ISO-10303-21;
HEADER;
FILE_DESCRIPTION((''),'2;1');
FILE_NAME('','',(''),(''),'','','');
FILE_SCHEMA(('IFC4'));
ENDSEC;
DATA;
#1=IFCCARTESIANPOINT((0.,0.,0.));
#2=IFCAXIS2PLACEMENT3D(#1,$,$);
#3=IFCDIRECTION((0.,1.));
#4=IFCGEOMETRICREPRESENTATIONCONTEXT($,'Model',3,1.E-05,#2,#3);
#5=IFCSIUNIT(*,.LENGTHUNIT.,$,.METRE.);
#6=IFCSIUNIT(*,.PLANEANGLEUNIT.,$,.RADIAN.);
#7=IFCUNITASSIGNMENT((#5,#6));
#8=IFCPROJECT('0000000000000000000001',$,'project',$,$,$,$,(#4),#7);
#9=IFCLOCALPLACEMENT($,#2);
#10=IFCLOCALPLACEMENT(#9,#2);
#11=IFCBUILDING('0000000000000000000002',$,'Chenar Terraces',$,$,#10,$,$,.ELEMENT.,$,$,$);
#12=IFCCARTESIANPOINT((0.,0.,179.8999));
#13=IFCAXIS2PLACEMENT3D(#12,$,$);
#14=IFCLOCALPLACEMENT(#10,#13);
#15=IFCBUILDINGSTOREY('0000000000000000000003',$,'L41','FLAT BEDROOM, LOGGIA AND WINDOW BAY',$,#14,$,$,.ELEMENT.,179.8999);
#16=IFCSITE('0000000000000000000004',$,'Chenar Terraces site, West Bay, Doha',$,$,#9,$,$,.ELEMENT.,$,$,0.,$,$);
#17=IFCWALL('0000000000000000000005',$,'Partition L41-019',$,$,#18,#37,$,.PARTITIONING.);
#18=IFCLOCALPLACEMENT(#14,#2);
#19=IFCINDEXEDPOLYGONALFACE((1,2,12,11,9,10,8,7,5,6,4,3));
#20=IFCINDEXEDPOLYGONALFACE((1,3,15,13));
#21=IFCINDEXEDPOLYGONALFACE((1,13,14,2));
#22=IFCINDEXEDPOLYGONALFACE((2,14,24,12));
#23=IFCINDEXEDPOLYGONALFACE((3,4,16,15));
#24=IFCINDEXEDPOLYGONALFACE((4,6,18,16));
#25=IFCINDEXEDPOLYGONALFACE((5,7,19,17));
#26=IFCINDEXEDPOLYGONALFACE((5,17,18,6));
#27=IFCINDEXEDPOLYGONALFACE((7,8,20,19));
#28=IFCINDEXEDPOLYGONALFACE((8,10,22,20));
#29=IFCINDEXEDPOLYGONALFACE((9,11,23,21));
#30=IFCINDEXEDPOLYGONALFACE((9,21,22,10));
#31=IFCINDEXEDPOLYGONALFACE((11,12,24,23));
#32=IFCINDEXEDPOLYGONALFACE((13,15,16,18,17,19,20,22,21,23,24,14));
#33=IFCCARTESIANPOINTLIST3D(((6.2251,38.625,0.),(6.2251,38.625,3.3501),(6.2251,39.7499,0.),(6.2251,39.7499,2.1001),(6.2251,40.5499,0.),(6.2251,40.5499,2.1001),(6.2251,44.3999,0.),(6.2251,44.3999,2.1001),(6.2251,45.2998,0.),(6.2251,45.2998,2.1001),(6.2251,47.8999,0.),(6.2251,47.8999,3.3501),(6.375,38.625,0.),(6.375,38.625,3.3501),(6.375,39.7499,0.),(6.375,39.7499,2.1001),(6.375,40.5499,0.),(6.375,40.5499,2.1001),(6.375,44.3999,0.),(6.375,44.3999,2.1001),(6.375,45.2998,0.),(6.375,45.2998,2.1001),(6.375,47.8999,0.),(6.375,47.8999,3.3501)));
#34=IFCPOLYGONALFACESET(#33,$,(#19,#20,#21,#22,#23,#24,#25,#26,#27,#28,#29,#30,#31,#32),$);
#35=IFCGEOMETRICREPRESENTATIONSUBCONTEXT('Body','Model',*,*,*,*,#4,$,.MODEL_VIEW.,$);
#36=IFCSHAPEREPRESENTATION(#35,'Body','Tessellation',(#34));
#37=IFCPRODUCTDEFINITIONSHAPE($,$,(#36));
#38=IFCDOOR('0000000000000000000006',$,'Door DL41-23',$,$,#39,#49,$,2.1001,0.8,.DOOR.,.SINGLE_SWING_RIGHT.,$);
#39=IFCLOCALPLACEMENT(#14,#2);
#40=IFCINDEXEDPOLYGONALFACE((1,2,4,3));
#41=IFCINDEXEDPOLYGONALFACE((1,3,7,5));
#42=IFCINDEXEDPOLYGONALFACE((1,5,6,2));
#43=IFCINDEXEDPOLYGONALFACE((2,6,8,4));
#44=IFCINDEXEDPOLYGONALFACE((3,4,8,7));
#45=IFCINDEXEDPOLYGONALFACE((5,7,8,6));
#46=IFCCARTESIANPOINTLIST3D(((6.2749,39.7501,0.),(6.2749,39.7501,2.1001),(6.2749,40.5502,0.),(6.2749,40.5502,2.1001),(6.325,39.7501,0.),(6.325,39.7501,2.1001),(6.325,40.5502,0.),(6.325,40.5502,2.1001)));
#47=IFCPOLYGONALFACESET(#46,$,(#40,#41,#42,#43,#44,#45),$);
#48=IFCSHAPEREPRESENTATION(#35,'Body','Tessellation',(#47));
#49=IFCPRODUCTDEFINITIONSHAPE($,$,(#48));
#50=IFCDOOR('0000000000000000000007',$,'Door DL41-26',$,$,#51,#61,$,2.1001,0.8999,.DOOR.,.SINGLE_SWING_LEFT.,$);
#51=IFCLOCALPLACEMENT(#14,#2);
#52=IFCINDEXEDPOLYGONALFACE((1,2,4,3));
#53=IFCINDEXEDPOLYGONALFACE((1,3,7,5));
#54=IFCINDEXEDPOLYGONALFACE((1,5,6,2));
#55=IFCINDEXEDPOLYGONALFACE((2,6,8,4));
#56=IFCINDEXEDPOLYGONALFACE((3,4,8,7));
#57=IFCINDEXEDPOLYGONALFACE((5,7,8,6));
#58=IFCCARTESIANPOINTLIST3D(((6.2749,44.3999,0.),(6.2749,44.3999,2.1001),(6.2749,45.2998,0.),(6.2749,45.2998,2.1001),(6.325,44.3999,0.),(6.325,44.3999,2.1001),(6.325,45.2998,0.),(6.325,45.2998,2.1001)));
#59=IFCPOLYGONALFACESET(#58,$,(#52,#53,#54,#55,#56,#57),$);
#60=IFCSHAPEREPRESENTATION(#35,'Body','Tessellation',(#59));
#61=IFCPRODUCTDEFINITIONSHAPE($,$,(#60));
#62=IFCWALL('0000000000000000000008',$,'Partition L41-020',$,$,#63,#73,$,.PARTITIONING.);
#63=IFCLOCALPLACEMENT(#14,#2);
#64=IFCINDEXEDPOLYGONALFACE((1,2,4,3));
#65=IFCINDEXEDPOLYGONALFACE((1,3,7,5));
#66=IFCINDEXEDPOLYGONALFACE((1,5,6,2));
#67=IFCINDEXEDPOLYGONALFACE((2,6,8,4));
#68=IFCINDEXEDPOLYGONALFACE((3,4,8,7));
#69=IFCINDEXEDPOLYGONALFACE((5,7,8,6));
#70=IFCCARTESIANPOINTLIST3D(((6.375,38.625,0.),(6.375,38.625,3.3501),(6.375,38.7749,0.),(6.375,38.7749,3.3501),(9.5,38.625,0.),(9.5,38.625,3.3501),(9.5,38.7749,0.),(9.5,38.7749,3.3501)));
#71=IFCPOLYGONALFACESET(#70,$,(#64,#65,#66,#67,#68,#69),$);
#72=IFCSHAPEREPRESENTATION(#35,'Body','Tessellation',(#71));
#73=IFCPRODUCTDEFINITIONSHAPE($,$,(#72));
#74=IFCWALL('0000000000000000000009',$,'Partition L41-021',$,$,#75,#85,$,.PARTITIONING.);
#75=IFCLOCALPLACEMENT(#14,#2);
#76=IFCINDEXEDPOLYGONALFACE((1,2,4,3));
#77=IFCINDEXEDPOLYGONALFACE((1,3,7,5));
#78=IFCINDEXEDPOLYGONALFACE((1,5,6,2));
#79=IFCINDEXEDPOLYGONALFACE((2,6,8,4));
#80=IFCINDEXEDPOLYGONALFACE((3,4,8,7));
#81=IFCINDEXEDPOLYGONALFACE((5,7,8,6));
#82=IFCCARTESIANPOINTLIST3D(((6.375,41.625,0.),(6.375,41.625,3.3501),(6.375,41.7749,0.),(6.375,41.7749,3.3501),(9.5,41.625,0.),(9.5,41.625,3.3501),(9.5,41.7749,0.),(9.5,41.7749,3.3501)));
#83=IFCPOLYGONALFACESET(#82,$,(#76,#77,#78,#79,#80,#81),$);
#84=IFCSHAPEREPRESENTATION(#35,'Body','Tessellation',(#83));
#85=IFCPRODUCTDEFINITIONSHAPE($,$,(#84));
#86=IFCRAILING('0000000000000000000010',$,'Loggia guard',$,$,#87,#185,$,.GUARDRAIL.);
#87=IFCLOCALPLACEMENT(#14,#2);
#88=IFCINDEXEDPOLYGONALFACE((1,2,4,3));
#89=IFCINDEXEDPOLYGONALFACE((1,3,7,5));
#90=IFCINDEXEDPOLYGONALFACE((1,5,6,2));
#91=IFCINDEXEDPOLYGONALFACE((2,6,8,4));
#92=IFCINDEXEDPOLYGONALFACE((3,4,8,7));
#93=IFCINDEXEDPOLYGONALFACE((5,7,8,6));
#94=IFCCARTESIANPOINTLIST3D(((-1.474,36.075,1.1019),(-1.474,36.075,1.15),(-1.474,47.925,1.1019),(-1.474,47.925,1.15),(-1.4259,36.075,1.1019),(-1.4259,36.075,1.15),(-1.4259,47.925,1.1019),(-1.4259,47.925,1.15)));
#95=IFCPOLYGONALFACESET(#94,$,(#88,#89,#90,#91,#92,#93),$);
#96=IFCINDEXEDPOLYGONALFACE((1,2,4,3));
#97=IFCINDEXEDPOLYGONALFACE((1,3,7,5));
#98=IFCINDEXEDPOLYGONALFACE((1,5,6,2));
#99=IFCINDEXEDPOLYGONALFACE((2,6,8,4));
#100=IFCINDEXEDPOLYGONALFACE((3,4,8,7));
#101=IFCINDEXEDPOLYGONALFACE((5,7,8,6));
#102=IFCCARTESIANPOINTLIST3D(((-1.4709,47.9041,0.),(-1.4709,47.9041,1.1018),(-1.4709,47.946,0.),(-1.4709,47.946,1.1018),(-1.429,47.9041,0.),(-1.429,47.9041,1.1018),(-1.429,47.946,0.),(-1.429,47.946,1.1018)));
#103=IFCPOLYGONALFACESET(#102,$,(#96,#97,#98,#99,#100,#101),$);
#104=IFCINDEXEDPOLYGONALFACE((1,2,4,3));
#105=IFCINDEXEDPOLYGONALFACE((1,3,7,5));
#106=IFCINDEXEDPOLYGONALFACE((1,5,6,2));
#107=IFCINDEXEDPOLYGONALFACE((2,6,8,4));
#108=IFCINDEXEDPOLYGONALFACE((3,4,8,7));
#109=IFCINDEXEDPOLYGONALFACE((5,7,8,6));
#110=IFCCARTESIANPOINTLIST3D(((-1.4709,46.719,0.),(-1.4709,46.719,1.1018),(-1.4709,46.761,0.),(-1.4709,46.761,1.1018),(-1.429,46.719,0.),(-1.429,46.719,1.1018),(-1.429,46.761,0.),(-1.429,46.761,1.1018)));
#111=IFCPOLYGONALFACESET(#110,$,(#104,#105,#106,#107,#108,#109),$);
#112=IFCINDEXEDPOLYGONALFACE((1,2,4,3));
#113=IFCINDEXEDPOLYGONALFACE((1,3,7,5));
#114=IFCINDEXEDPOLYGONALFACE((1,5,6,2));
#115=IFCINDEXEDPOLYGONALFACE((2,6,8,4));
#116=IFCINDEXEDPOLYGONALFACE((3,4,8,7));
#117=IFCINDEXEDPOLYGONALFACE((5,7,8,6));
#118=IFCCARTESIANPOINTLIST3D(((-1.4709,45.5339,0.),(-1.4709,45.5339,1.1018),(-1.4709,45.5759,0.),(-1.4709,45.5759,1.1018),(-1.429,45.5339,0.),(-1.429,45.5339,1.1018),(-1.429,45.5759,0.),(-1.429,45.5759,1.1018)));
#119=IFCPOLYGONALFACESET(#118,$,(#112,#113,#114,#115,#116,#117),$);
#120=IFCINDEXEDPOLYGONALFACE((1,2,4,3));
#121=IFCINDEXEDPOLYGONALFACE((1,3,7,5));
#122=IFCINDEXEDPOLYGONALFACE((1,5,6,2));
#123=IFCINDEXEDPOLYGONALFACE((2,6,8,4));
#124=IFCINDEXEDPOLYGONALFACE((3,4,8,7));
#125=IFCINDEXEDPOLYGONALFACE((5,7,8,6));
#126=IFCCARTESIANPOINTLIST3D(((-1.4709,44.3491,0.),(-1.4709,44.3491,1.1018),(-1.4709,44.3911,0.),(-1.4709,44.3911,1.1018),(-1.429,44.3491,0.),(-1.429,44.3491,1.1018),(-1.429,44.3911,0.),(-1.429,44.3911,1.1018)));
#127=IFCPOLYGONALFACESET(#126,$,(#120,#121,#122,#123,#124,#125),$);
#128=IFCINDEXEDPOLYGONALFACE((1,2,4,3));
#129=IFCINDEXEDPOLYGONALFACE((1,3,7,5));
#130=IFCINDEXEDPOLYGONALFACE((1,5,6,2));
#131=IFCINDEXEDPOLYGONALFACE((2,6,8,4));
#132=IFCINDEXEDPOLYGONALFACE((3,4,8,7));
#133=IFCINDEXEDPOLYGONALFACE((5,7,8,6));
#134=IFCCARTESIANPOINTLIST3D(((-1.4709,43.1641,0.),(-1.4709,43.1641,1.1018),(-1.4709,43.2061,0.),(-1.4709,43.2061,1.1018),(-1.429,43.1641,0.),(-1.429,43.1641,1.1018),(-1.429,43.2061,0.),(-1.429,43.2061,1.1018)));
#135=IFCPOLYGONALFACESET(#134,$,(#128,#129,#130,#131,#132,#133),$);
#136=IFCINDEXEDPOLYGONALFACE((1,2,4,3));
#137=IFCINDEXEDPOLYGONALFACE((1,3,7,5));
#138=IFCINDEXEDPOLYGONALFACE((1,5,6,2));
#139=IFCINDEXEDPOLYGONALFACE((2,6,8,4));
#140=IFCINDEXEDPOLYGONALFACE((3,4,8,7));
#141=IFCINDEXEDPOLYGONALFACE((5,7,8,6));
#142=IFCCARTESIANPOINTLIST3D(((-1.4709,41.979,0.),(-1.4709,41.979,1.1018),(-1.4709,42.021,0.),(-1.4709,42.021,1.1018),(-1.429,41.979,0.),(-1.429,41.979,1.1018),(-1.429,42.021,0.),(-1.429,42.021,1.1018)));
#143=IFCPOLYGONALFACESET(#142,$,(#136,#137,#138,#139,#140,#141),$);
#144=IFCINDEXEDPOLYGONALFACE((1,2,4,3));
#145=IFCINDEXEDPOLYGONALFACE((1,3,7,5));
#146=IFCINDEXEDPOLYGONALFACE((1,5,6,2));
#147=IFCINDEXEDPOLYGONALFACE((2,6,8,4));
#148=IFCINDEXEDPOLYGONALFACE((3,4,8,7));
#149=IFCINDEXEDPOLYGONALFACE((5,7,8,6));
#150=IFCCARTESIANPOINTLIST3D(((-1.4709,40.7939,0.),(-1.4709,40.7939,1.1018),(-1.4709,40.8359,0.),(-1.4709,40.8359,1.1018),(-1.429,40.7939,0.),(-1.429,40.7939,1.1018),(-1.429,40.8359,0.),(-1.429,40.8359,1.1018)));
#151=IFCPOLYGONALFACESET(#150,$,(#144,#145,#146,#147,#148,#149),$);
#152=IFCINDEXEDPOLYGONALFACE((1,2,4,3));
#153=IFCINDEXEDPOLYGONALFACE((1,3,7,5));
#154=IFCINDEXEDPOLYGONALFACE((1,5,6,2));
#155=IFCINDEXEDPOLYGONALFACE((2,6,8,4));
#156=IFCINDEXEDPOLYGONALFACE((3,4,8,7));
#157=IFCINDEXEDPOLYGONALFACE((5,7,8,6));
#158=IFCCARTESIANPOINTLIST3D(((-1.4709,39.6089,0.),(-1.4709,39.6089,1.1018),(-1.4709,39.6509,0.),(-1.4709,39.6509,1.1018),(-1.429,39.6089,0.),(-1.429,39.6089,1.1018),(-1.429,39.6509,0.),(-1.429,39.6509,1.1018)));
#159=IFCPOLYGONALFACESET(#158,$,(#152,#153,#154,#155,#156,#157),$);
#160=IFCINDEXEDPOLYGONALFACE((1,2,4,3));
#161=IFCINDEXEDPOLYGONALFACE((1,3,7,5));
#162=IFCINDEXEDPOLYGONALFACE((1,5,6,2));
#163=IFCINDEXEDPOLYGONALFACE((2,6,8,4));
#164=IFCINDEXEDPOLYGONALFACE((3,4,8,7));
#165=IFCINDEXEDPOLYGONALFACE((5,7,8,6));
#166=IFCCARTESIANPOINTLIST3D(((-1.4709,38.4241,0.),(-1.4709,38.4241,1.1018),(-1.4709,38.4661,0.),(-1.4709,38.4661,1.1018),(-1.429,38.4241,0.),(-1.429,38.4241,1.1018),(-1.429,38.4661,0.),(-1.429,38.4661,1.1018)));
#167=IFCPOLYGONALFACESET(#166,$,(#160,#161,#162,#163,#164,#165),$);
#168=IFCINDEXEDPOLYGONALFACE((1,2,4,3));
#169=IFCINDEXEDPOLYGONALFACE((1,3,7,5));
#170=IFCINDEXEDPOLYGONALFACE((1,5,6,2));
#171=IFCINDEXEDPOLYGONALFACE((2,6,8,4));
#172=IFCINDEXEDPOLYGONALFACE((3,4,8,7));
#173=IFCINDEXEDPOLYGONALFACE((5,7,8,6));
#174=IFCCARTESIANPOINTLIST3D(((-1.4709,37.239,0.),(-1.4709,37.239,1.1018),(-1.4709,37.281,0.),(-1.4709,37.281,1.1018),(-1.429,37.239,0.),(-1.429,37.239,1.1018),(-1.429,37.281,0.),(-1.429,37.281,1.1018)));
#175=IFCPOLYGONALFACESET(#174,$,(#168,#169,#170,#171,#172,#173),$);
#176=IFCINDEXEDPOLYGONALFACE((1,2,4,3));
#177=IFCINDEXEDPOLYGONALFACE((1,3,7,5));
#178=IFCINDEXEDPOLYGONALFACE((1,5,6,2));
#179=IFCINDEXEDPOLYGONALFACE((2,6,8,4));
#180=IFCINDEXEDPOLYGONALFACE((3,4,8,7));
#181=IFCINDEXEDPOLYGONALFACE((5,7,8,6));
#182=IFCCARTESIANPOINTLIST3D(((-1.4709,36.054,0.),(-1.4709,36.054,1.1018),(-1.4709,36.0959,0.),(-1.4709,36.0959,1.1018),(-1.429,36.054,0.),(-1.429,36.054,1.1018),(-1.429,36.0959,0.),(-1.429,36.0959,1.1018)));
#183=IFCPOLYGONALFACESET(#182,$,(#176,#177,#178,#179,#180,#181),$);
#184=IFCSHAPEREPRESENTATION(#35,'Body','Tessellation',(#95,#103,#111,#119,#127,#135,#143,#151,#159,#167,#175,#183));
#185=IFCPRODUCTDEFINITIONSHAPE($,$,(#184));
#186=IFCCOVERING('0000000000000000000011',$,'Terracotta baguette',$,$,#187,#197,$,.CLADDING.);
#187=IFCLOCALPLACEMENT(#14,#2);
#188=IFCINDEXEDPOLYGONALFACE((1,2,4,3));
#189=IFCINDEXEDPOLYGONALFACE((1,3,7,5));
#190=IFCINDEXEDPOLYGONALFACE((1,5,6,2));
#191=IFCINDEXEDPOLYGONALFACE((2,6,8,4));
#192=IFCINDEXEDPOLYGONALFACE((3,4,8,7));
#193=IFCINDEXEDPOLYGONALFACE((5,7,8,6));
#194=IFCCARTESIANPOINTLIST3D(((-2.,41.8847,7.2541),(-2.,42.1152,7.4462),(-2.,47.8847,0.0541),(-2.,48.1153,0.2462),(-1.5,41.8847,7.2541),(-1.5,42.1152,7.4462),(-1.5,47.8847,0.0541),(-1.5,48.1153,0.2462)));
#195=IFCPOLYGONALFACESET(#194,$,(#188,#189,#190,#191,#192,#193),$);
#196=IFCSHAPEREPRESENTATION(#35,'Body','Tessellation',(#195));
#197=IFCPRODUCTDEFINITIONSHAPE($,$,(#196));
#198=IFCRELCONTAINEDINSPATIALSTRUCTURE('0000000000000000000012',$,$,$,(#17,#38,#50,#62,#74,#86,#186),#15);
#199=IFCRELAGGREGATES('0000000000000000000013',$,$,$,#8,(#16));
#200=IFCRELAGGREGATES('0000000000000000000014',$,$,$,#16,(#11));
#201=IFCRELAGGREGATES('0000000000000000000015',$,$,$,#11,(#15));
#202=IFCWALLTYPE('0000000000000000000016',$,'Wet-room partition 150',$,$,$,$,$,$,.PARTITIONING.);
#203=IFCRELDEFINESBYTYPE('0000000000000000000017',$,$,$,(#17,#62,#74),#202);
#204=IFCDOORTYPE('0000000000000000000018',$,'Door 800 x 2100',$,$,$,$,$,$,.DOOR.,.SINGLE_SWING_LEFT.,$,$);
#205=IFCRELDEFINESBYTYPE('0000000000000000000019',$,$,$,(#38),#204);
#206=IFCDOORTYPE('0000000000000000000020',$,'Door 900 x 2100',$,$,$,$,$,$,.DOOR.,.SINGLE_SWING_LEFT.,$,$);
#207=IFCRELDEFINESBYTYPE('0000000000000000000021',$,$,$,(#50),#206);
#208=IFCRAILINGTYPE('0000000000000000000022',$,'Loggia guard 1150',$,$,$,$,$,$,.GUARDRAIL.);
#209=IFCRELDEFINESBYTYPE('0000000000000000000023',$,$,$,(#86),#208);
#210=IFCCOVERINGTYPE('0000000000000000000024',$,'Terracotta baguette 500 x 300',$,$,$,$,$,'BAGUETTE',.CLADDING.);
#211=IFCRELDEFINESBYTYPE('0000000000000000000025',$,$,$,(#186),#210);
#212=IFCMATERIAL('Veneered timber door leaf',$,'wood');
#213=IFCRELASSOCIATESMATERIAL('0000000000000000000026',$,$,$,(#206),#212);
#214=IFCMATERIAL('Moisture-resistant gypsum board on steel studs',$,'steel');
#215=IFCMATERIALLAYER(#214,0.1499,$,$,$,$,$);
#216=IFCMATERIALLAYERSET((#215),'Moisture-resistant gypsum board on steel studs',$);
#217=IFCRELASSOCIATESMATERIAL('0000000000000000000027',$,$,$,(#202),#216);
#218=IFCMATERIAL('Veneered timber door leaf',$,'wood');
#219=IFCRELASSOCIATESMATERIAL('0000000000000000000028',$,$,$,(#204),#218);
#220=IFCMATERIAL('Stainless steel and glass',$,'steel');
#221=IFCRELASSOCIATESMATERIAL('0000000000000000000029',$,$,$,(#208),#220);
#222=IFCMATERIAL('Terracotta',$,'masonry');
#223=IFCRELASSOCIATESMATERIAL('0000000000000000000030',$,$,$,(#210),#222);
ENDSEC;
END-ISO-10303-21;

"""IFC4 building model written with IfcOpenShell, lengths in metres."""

from ifc_helpers import new_model, si_unit, direction, frame, frame_2d, origin, origin_2d, place, context, subcontext, project, spatial, rectangle, extrude, material, layer, layer_set, material_profile, profile_set, type_object, element, fill, save


model = new_model("IFC4")

# Units and contexts
model_context = context("Model", 3, precision=1e-05, world=origin(), true_north=direction((0.0, 1.0)))
body_context = subcontext(model_context, "Body", "Model", "MODEL_VIEW")
ifc_project = project(units=[si_unit("LENGTHUNIT", "METRE"), si_unit("PLANEANGLEUNIT", "RADIAN")], contexts=[model_context])

# Site, building, storey
site_placement = place(None, origin())
site = spatial("IfcSite", under=ifc_project, at=site_placement, Name="Chenar Terraces site, West Bay, Doha", CompositionType="ELEMENT", RefElevation=0.0)
building_placement = place(site_placement, origin())
building = spatial("IfcBuilding", under=site, at=building_placement, Name="Chenar Terraces", CompositionType="ELEMENT")
storey_placement = place(building_placement, frame((0.0, 0.0, 179.8999)))
storey = spatial("IfcBuildingStorey", under=building, at=storey_placement, Name="L41", Description="FLAT BEDROOM, LOGGIA AND WINDOW BAY", CompositionType="ELEMENT", Elevation=179.8999)

# Shared definitions
ifc_material_1 = material(Name="Veneered timber door leaf", Category="wood")
door_type_1 = type_object("IfcDoorType", Name="Door 900 x 2100", OperationType="SINGLE_SWING_LEFT", PredefinedType="DOOR", material=ifc_material_1)

# Wall, openings, doors
ifc_material_2 = material(Name="Moisture-resistant gypsum board on steel studs", Category="steel")
ifc_layer_1 = layer(ifc_material_2, 0.1499)
ifc_layer_set_1 = layer_set([ifc_layer_1], Name="Moisture-resistant gypsum board on steel studs")
wall_type_1 = type_object("IfcWallType", Name="Wet-room partition 150", PredefinedType="PARTITIONING", material=ifc_layer_set_1)
wall_1_placement = place(storey_placement, frame((6.3, 38.625, 0.0), z_axis=(0.0, 0.0, 1.0), x_axis=(0.0, 1.0, 0.0)))
wall_1 = element("IfcWall", 1, at=wall_1_placement, inside=storey, type_object=wall_type_1, Name="Partition L41-019", PredefinedType="PARTITIONING", context=body_context, shape_type="SweptSolid", body=[
    extrude(rectangle(XDim=9.2749, YDim=0.1499, at=frame_2d((4.6375, 0.0))), origin(), (0.0, 0.0, 1.0), 3.3501),
])
opening_1_placement = place(wall_1_placement, frame((1.125, 0.0, 0.0)))
opening_1 = element("IfcOpeningElement", 2, at=opening_1_placement, cuts=wall_1, PredefinedType="OPENING", context=body_context, shape_type="SweptSolid", body=[
    extrude(rectangle(XDim=0.8, YDim=2.1001, at=frame_2d((0.3999, 1.05))), frame((0.0, 0.085, 0.0), z_axis=(0.0, -1.0, 0.0), x_axis=(1.0, 0.0, 0.0)), (0.0, 0.0, 1.0), 0.1699),
])
opening_2_placement = place(wall_1_placement, frame((5.7749, 0.0, 0.0)))
opening_2 = element("IfcOpeningElement", 3, at=opening_2_placement, cuts=wall_1, PredefinedType="OPENING", context=body_context, shape_type="SweptSolid", body=[
    extrude(rectangle(XDim=0.8999, YDim=2.1001, at=frame_2d((0.45, 1.05))), frame((0.0, 0.085, 0.0), z_axis=(0.0, -1.0, 0.0), x_axis=(1.0, 0.0, 0.0)), (0.0, 0.0, 1.0), 0.1699),
])
ifc_material_3 = material(Name="Veneered timber door leaf", Category="wood")
door_type_2 = type_object("IfcDoorType", Name="Door 800 x 2100", OperationType="SINGLE_SWING_LEFT", PredefinedType="DOOR", material=ifc_material_3)
door_1_placement = place(opening_1_placement, frame((0.8, 0.0, 0.0), z_axis=(0.0, 0.0, 1.0), x_axis=(-1.0, 0.0, 0.0)))
door_1 = element("IfcDoor", 4, at=door_1_placement, inside=storey, type_object=door_type_2, Name="Door DL41-23", OperationType="SINGLE_SWING_RIGHT", OverallHeight=2.1001, OverallWidth=0.8, PredefinedType="DOOR", context=body_context, shape_type="SweptSolid", body=[
    extrude(rectangle(XDim=0.8, YDim=2.1001, at=frame_2d((0.3999, 1.05))), frame((0.0, 0.0249, 0.0), z_axis=(0.0, -1.0, 0.0), x_axis=(1.0, 0.0, 0.0)), (0.0, 0.0, 1.0), 0.05),
])
fill(opening_1, door_1)
door_2_placement = place(opening_2_placement, frame((0.8999, 0.0, 0.0), z_axis=(0.0, 0.0, 1.0), x_axis=(-1.0, 0.0, 0.0)))
door_2 = element("IfcDoor", 5, at=door_2_placement, inside=storey, type_object=door_type_1, Name="Door DL41-26", OperationType="SINGLE_SWING_LEFT", OverallHeight=2.1001, OverallWidth=0.8999, PredefinedType="DOOR", context=body_context, shape_type="SweptSolid", body=[
    extrude(rectangle(XDim=0.8999, YDim=2.1001, at=frame_2d((0.45, 1.05))), frame((0.0, 0.0249, 0.0), z_axis=(0.0, -1.0, 0.0), x_axis=(1.0, 0.0, 0.0)), (0.0, 0.0, 1.0), 0.05),
])
fill(opening_2, door_2)

# Walls
for number, where, z_axis, x_axis, name in (
    (6, (6.375, 38.7, 0.0), (0.0, 0.0, 1.0), (1.0, 0.0, 0.0), "Partition L41-020"),
    (7, (6.375, 41.7, 0.0), (0.0, 0.0, 1.0), (1.0, 0.0, 0.0), "Partition L41-021"),
):
    element("IfcWall", number, at=place(storey_placement, frame(where, z_axis=z_axis, x_axis=x_axis)), inside=storey, type_object=wall_type_1, Name=name, PredefinedType="PARTITIONING", context=body_context, shape_type="SweptSolid", body=[
        extrude(rectangle(XDim=3.125, YDim=0.1499, at=frame_2d((1.5625, 0.0))), origin(), (0.0, 0.0, 1.0), 3.3501),
    ])

# Railing
ifc_material_4 = material(Name="Stainless steel and glass", Category="steel")
railing_type = type_object("IfcRailingType", Name="Loggia guard 1150", PredefinedType="GUARDRAIL", material=ifc_material_4)
railing_placement = place(storey_placement, frame((-1.45, 47.925, 0.0)))
element("IfcRailing", 8, at=railing_placement, inside=storey, type_object=railing_type, Name="Loggia guard", PredefinedType="GUARDRAIL", context=body_context, shape_type="SweptSolid", body=[
    extrude(rectangle(XDim=0.0481, YDim=0.0481, at=origin_2d()), frame((0.0, 0.0, 1.126), z_axis=(0.0, -1.0, 0.0), x_axis=(1.0, 0.0, 0.0)), (0.0, 0.0, 1.0), 11.8501),
    extrude(rectangle(XDim=0.042, YDim=0.042, at=origin_2d()), origin(), (0.0, 0.0, 1.0), 1.1018),
    extrude(rectangle(XDim=0.042, YDim=0.042, at=origin_2d()), frame((0.0, -1.1851, 0.0)), (0.0, 0.0, 1.0), 1.1018),
    extrude(rectangle(XDim=0.042, YDim=0.042, at=origin_2d()), frame((0.0, -2.3701, 0.0)), (0.0, 0.0, 1.0), 1.1018),
    extrude(rectangle(XDim=0.042, YDim=0.042, at=origin_2d()), frame((0.0, -3.5549, 0.0)), (0.0, 0.0, 1.0), 1.1018),
    extrude(rectangle(XDim=0.042, YDim=0.042, at=origin_2d()), frame((0.0, -4.74, 0.0)), (0.0, 0.0, 1.0), 1.1018),
    extrude(rectangle(XDim=0.042, YDim=0.042, at=origin_2d()), frame((0.0, -5.925, 0.0)), (0.0, 0.0, 1.0), 1.1018),
    extrude(rectangle(XDim=0.042, YDim=0.042, at=origin_2d()), frame((0.0, -7.1101, 0.0)), (0.0, 0.0, 1.0), 1.1018),
    extrude(rectangle(XDim=0.042, YDim=0.042, at=origin_2d()), frame((0.0, -8.2952, 0.0)), (0.0, 0.0, 1.0), 1.1018),
    extrude(rectangle(XDim=0.042, YDim=0.042, at=origin_2d()), frame((0.0, -9.48, 0.0)), (0.0, 0.0, 1.0), 1.1018),
    extrude(rectangle(XDim=0.042, YDim=0.042, at=origin_2d()), frame((0.0, -10.665, 0.0)), (0.0, 0.0, 1.0), 1.1018),
    extrude(rectangle(XDim=0.042, YDim=0.042, at=origin_2d()), frame((0.0, -11.8501, 0.0)), (0.0, 0.0, 1.0), 1.1018),
])

# Covering
ifc_material_5 = material(Name="Terracotta", Category="masonry")
ifc_material_profile_1 = material_profile(ifc_material_5, rectangle(XDim=0.5, YDim=0.3, at=origin_2d()), Name="Terracotta baguette 500 x 300")
ifc_profile_set_1 = profile_set([ifc_material_profile_1], Name="Terracotta")
covering_type = type_object("IfcCoveringType", Name="Terracotta baguette 500 x 300", ElementType="BAGUETTE", PredefinedType="CLADDING", material=ifc_profile_set_1)
for number, where, z_axis, x_axis, name in (
    (9, (-1.75, 48.0, 0.1501), (0.0, -0.640187, 0.768219), (1.0, 0.0, 0.0), "Terracotta baguette"),
):
    element("IfcCovering", number, at=place(storey_placement, frame(where, z_axis=z_axis, x_axis=x_axis)), inside=storey, type_object=covering_type, Name=name, PredefinedType="CLADDING", context=body_context, shape_type="SweptSolid", body=[
        extrude(rectangle(XDim=0.5, YDim=0.3, at=origin_2d()), origin(), (0.0, 0.0, 1.0), 9.3723),
    ])

save(model, "model.ifc")
